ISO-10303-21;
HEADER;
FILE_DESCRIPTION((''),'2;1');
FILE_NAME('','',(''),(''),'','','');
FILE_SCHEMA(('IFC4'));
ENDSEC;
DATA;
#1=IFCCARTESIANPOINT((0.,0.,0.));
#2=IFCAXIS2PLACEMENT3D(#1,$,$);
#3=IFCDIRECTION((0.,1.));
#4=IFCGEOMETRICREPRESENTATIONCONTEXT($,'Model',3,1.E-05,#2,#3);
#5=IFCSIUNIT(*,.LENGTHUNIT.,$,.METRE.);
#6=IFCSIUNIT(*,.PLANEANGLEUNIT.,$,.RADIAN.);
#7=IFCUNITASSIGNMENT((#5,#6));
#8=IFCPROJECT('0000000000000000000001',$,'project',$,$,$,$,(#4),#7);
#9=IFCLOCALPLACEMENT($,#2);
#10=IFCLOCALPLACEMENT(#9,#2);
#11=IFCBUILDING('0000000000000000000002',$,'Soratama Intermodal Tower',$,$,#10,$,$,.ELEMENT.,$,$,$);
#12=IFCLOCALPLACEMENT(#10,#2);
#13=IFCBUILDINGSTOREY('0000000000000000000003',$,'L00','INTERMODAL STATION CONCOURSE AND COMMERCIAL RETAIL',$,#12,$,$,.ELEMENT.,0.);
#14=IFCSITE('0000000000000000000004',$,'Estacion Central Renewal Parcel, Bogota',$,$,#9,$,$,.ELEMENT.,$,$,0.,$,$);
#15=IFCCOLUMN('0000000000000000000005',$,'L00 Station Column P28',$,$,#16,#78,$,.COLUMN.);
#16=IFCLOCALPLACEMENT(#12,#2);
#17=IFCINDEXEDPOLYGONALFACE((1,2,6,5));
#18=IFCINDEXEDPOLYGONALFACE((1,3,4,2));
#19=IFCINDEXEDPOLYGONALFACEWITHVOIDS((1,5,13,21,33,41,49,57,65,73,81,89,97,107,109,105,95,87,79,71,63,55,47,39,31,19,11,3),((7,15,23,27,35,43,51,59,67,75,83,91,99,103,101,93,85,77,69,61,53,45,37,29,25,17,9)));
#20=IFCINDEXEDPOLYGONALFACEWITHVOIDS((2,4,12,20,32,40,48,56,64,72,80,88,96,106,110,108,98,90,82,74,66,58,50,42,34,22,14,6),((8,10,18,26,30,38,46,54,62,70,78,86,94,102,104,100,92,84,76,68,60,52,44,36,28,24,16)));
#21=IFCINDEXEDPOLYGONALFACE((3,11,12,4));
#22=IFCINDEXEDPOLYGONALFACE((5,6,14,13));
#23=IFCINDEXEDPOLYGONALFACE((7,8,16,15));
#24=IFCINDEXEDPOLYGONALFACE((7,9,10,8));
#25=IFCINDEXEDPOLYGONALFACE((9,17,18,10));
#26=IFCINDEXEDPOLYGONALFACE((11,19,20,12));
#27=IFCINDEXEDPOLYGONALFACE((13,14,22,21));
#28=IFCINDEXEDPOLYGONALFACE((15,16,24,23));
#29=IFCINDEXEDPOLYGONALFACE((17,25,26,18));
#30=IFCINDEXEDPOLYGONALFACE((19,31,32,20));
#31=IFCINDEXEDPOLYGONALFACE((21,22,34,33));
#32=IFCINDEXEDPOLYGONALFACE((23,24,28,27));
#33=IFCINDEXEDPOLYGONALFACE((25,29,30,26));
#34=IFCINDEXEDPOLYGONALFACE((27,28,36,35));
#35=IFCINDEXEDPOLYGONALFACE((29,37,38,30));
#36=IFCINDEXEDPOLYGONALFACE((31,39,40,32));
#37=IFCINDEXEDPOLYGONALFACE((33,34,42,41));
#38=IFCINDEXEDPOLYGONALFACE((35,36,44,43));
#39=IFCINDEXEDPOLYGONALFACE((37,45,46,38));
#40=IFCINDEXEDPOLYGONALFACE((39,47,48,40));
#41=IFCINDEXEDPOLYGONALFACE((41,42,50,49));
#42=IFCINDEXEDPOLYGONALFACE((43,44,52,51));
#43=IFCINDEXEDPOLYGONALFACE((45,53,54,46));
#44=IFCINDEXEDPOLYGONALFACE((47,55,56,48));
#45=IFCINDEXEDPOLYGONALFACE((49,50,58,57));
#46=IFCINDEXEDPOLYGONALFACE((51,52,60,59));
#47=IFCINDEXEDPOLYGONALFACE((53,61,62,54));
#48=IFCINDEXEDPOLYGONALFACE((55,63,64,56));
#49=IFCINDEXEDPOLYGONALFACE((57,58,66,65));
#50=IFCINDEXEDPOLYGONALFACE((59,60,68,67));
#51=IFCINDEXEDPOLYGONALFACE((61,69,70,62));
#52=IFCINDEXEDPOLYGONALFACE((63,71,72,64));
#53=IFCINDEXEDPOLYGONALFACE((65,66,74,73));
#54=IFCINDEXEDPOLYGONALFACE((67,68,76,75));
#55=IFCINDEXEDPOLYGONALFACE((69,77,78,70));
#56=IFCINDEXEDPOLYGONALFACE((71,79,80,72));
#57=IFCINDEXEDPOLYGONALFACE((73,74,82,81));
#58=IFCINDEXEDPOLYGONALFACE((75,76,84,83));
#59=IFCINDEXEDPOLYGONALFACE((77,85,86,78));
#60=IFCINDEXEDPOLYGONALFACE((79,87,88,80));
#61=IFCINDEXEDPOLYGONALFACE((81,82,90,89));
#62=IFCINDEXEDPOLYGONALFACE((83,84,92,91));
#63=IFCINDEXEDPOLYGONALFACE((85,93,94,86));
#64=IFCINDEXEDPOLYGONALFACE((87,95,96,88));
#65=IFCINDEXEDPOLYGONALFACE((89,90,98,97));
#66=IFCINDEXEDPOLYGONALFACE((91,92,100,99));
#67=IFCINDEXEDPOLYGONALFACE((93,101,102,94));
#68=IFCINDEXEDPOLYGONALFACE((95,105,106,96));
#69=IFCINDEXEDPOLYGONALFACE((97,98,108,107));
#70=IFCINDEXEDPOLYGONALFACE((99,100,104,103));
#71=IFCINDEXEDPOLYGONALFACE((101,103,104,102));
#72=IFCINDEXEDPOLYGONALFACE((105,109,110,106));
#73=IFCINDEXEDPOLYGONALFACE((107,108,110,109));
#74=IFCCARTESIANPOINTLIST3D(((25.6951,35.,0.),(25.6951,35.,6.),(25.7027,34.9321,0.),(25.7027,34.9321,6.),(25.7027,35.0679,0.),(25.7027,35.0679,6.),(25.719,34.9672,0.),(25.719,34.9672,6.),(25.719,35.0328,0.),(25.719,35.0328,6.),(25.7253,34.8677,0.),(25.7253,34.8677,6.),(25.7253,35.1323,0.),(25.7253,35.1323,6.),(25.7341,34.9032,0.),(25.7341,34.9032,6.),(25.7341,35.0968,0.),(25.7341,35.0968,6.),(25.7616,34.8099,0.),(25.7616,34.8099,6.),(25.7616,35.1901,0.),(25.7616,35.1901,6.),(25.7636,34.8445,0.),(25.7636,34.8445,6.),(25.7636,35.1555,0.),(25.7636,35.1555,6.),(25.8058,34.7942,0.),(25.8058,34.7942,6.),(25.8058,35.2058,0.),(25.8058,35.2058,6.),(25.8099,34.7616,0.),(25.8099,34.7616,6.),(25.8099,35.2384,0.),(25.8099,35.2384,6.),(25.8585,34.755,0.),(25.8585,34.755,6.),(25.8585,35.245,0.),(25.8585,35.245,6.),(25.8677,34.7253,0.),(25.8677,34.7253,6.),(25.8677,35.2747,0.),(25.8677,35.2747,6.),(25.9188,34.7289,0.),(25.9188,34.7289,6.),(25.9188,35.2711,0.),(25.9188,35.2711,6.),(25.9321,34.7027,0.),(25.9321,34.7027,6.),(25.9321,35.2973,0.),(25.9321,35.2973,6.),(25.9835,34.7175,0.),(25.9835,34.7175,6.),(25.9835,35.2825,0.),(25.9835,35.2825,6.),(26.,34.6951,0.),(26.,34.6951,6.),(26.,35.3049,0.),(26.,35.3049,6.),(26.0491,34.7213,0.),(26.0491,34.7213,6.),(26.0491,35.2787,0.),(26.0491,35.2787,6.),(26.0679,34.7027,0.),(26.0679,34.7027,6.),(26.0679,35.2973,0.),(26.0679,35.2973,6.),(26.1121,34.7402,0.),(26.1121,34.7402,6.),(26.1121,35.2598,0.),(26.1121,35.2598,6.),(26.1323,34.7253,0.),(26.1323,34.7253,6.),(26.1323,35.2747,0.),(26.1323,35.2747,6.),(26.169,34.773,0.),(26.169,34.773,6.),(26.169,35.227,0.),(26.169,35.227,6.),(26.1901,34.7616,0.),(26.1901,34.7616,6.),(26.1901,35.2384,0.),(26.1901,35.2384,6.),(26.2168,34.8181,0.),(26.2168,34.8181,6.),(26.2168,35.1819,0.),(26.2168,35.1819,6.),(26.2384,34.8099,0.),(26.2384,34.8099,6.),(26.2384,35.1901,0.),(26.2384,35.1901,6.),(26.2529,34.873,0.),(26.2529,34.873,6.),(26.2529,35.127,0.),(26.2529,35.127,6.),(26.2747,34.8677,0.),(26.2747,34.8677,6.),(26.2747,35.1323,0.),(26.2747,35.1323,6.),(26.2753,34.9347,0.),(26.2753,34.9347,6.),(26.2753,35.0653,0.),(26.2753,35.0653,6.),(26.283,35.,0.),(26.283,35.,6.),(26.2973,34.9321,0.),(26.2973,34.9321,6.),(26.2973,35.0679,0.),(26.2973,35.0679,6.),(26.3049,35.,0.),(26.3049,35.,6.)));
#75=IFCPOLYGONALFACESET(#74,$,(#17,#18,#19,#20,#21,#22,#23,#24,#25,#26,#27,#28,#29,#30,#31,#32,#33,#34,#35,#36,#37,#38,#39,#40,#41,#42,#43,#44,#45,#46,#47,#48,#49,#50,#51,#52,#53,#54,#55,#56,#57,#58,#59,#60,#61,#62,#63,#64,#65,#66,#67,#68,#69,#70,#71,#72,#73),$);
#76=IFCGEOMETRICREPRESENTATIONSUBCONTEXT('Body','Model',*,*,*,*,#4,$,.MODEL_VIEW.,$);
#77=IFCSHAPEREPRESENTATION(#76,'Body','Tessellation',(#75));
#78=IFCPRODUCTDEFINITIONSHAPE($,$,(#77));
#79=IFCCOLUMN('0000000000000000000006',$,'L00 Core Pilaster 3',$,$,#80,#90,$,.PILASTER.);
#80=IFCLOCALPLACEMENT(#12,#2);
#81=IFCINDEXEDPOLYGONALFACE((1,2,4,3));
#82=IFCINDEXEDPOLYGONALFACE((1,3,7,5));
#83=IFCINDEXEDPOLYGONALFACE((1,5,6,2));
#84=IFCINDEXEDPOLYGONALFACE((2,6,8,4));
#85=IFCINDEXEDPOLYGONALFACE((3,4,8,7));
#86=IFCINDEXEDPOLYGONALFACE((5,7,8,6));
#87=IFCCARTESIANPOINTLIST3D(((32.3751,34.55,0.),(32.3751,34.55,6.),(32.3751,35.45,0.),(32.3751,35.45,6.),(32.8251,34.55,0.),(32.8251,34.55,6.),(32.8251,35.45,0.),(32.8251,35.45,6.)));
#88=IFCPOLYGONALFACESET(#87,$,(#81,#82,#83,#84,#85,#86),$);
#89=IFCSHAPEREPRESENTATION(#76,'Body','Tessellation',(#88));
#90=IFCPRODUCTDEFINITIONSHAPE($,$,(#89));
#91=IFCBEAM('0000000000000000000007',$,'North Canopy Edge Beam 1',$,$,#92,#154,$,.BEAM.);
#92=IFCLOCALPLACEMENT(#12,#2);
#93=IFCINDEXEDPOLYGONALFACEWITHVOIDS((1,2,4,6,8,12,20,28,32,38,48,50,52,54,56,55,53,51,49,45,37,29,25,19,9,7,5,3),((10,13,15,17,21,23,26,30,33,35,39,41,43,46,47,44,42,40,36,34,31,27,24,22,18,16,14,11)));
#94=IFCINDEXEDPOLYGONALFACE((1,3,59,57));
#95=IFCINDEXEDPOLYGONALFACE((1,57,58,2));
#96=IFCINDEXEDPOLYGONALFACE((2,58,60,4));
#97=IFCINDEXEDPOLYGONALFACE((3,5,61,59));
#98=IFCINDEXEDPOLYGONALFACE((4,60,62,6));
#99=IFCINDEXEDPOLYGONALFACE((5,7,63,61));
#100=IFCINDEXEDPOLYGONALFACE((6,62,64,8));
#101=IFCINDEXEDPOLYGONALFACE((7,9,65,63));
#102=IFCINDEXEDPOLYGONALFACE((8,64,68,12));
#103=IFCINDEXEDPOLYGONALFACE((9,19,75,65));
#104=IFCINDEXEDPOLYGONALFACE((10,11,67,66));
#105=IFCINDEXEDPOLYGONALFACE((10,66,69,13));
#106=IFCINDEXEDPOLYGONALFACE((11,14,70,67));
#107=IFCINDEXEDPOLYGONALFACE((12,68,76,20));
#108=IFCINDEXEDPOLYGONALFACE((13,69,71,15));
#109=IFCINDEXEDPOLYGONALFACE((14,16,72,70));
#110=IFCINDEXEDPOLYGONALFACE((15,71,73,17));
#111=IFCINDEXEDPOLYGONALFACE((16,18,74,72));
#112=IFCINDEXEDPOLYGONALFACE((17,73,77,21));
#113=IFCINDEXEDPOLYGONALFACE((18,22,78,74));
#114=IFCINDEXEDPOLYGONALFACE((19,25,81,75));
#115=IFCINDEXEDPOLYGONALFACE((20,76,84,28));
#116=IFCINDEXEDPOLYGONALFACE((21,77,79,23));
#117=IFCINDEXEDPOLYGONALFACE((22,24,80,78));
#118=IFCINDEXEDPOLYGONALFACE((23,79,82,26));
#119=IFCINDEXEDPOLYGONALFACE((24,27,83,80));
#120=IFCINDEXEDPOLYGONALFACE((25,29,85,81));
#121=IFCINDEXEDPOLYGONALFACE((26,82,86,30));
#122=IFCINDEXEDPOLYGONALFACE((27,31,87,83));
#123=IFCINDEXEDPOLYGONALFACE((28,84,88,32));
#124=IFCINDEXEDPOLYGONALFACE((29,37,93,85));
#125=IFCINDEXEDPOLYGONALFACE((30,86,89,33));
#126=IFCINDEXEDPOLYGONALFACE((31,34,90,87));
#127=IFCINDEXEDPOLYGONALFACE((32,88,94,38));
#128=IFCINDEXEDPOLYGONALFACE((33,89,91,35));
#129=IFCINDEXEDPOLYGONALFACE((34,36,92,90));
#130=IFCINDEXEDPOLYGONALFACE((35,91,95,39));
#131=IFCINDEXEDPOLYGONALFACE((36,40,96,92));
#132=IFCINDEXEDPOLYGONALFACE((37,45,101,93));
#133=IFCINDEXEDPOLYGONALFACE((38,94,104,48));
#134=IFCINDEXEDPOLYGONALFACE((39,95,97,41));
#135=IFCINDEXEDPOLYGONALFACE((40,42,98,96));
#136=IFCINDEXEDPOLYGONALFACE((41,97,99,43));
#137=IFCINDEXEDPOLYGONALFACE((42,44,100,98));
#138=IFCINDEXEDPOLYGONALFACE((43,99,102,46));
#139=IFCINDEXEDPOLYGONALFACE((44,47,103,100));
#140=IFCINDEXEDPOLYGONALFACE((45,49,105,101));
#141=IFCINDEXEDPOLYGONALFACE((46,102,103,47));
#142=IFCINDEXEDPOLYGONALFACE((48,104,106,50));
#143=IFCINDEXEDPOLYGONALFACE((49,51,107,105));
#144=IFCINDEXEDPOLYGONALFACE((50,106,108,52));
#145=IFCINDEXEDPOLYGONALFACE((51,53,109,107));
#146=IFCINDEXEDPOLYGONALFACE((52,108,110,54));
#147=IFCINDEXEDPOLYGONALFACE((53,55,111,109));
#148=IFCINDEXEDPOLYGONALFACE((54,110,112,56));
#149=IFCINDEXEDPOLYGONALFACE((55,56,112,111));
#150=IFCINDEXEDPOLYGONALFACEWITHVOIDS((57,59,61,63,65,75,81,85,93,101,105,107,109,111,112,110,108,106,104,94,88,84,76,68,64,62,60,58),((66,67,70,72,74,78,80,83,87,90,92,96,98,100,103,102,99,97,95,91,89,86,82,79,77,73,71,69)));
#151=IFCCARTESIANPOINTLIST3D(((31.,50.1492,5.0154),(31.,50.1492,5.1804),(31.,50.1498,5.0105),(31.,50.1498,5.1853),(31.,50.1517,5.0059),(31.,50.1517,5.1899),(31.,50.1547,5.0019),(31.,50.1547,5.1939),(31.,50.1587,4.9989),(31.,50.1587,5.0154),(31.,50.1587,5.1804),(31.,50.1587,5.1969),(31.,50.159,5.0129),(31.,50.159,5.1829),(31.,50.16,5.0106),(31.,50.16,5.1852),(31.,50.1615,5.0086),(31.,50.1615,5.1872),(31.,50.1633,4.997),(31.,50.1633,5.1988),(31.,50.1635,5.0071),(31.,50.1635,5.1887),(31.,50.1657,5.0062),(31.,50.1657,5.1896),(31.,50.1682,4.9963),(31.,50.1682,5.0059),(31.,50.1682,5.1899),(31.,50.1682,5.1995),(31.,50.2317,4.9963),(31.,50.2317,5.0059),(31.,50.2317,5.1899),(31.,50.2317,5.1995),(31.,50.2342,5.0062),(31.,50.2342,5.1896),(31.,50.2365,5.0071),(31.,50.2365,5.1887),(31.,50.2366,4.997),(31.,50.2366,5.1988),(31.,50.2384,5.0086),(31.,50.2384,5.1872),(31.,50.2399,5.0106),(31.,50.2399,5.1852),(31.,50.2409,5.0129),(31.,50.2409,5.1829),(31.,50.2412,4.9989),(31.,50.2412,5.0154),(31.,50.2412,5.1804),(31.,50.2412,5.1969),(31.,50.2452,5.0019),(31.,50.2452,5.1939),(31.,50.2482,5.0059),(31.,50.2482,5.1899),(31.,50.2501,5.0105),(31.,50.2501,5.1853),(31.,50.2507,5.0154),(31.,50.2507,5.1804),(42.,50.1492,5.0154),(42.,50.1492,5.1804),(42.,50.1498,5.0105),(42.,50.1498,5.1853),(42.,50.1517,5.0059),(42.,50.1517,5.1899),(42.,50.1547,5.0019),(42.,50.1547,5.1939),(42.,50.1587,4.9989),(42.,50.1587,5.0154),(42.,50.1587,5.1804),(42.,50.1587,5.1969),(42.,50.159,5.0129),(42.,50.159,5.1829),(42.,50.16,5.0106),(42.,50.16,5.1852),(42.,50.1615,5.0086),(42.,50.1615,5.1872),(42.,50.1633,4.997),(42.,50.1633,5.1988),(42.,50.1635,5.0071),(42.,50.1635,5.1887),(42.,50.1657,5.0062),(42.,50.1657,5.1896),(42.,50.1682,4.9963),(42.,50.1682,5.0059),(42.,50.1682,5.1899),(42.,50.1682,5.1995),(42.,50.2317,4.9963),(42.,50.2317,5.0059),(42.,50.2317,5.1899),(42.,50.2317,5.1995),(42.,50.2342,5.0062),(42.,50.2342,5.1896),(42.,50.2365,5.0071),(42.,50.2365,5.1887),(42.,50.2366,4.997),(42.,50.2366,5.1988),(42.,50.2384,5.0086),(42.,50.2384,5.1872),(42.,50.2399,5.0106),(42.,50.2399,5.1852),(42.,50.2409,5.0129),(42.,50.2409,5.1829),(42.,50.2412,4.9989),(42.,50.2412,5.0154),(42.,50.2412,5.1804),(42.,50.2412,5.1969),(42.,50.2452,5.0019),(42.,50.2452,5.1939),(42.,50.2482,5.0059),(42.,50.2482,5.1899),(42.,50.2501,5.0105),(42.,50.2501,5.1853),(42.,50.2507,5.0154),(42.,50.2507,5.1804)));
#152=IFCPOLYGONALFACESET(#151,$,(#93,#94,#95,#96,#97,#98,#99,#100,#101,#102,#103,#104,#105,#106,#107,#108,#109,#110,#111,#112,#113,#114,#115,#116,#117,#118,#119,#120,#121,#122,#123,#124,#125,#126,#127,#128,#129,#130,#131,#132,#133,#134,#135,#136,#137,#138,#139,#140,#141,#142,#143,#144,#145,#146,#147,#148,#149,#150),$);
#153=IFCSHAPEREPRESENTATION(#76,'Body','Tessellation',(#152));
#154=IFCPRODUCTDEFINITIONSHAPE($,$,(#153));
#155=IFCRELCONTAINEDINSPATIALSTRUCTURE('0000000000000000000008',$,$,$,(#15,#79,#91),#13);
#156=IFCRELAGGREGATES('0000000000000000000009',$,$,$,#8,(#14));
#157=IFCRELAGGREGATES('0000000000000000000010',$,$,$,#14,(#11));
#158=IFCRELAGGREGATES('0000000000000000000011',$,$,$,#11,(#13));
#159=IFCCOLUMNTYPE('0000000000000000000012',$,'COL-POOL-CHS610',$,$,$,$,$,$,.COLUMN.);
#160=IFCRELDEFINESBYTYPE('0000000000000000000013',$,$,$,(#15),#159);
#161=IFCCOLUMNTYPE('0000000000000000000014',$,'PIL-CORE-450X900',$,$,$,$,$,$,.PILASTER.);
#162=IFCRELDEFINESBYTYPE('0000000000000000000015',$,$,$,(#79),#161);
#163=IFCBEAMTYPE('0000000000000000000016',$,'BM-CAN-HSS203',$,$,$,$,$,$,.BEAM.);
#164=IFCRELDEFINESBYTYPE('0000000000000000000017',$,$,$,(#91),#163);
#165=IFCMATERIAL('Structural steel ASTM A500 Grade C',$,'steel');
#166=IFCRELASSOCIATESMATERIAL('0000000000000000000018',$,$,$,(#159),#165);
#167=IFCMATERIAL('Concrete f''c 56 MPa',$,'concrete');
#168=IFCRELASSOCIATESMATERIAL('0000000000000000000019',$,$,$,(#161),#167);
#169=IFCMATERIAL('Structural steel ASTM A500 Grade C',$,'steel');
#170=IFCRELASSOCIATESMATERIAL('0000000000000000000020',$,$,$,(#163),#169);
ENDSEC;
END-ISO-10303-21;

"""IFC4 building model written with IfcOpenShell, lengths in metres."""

from ifc_helpers import new_model, si_unit, direction, frame, origin, origin_2d, place, context, subcontext, project, spatial, rectangle, hollow_rectangle, hollow_circle, extrude, material, material_profile, profile_set, type_object, element, save


model = new_model("IFC4")

# Units and contexts
model_context = context("Model", 3, precision=1e-05, world=origin(), true_north=direction((0.0, 1.0)))
body_context = subcontext(model_context, "Body", "Model", "MODEL_VIEW")
ifc_project = project(units=[si_unit("LENGTHUNIT", "METRE"), si_unit("PLANEANGLEUNIT", "RADIAN")], contexts=[model_context])

# Site, building, storey
site_placement = place(None, origin())
site = spatial("IfcSite", under=ifc_project, at=site_placement, Name="Estacion Central Renewal Parcel, Bogota", CompositionType="ELEMENT", RefElevation=0.0)
building_placement = place(site_placement, origin())
building = spatial("IfcBuilding", under=site, at=building_placement, Name="Soratama Intermodal Tower", CompositionType="ELEMENT")
storey_placement = place(building_placement, origin())
storey = spatial("IfcBuildingStorey", under=building, at=storey_placement, Name="L00", Description="INTERMODAL STATION CONCOURSE AND COMMERCIAL RETAIL", CompositionType="ELEMENT", Elevation=0.0)

# Columns
ifc_material_1 = material(Name="Structural steel ASTM A500 Grade C", Category="steel")
ifc_material_profile_1 = material_profile(ifc_material_1, hollow_circle(Radius=0.3049, WallThickness=0.022, at=origin_2d()), Name="CHS610X22")
ifc_profile_set_1 = profile_set([ifc_material_profile_1], Name="Structural steel ASTM A500 Grade C")
column_type_1 = type_object("IfcColumnType", Name="COL-POOL-CHS610", PredefinedType="COLUMN", material=ifc_profile_set_1)
column_1_placement = place(storey_placement, frame((26.0, 35.0, 0.0), z_axis=(0.0, 0.0, 1.0), x_axis=(1.0, 0.0, 0.0)))
element("IfcColumn", 1, at=column_1_placement, inside=storey, type_object=column_type_1, Name="L00 Station Column P28", PredefinedType="COLUMN", context=body_context, shape_type="SweptSolid", body=[
    extrude(hollow_circle(Radius=0.3049, WallThickness=0.022, at=origin_2d()), origin(), (0.0, 0.0, 1.0), 6.0),
])
ifc_material_2 = material(Name="Concrete f'c 56 MPa", Category="concrete")
ifc_material_profile_2 = material_profile(ifc_material_2, rectangle(XDim=0.45, YDim=0.8999, at=origin_2d()), Name="RC450X900")
ifc_profile_set_2 = profile_set([ifc_material_profile_2], Name="Concrete f'c 56 MPa")
column_type_2 = type_object("IfcColumnType", Name="PIL-CORE-450X900", PredefinedType="PILASTER", material=ifc_profile_set_2)
column_2_placement = place(storey_placement, frame((32.6001, 35.0, 0.0), z_axis=(0.0, 0.0, 1.0), x_axis=(1.0, 0.0, 0.0)))
element("IfcColumn", 2, at=column_2_placement, inside=storey, type_object=column_type_2, Name="L00 Core Pilaster 3", PredefinedType="PILASTER", context=body_context, shape_type="SweptSolid", body=[
    extrude(rectangle(XDim=0.45, YDim=0.8999, at=origin_2d()), origin(), (0.0, 0.0, 1.0), 6.0),
])

# Beam
ifc_material_3 = material(Name="Structural steel ASTM A500 Grade C", Category="steel")
ifc_material_profile_3 = material_profile(ifc_material_3, hollow_rectangle(XDim=0.1016, YDim=0.2031, WallThickness=0.0095, InnerFilletRadius=0.0095, OuterFilletRadius=0.019, at=origin_2d()), Name="HSS203X102X9.5")
ifc_profile_set_3 = profile_set([ifc_material_profile_3], Name="Structural steel ASTM A500 Grade C")
beam_type_1 = type_object("IfcBeamType", Name="BM-CAN-HSS203", PredefinedType="BEAM", material=ifc_profile_set_3)
beam_1_placement = place(storey_placement, frame((31.0, 50.2, 5.0979), z_axis=(1.0, 0.0, 0.0), x_axis=(0.0, 1.0, 0.0)))
element("IfcBeam", 3, at=beam_1_placement, inside=storey, type_object=beam_type_1, Name="North Canopy Edge Beam 1", PredefinedType="BEAM", context=body_context, shape_type="SweptSolid", body=[
    extrude(hollow_rectangle(XDim=0.1016, YDim=0.2031, WallThickness=0.0095, InnerFilletRadius=0.0095, OuterFilletRadius=0.019, at=origin_2d()), origin(), (0.0, 0.0, 1.0), 11.0),
])

save(model, "model.ifc")
